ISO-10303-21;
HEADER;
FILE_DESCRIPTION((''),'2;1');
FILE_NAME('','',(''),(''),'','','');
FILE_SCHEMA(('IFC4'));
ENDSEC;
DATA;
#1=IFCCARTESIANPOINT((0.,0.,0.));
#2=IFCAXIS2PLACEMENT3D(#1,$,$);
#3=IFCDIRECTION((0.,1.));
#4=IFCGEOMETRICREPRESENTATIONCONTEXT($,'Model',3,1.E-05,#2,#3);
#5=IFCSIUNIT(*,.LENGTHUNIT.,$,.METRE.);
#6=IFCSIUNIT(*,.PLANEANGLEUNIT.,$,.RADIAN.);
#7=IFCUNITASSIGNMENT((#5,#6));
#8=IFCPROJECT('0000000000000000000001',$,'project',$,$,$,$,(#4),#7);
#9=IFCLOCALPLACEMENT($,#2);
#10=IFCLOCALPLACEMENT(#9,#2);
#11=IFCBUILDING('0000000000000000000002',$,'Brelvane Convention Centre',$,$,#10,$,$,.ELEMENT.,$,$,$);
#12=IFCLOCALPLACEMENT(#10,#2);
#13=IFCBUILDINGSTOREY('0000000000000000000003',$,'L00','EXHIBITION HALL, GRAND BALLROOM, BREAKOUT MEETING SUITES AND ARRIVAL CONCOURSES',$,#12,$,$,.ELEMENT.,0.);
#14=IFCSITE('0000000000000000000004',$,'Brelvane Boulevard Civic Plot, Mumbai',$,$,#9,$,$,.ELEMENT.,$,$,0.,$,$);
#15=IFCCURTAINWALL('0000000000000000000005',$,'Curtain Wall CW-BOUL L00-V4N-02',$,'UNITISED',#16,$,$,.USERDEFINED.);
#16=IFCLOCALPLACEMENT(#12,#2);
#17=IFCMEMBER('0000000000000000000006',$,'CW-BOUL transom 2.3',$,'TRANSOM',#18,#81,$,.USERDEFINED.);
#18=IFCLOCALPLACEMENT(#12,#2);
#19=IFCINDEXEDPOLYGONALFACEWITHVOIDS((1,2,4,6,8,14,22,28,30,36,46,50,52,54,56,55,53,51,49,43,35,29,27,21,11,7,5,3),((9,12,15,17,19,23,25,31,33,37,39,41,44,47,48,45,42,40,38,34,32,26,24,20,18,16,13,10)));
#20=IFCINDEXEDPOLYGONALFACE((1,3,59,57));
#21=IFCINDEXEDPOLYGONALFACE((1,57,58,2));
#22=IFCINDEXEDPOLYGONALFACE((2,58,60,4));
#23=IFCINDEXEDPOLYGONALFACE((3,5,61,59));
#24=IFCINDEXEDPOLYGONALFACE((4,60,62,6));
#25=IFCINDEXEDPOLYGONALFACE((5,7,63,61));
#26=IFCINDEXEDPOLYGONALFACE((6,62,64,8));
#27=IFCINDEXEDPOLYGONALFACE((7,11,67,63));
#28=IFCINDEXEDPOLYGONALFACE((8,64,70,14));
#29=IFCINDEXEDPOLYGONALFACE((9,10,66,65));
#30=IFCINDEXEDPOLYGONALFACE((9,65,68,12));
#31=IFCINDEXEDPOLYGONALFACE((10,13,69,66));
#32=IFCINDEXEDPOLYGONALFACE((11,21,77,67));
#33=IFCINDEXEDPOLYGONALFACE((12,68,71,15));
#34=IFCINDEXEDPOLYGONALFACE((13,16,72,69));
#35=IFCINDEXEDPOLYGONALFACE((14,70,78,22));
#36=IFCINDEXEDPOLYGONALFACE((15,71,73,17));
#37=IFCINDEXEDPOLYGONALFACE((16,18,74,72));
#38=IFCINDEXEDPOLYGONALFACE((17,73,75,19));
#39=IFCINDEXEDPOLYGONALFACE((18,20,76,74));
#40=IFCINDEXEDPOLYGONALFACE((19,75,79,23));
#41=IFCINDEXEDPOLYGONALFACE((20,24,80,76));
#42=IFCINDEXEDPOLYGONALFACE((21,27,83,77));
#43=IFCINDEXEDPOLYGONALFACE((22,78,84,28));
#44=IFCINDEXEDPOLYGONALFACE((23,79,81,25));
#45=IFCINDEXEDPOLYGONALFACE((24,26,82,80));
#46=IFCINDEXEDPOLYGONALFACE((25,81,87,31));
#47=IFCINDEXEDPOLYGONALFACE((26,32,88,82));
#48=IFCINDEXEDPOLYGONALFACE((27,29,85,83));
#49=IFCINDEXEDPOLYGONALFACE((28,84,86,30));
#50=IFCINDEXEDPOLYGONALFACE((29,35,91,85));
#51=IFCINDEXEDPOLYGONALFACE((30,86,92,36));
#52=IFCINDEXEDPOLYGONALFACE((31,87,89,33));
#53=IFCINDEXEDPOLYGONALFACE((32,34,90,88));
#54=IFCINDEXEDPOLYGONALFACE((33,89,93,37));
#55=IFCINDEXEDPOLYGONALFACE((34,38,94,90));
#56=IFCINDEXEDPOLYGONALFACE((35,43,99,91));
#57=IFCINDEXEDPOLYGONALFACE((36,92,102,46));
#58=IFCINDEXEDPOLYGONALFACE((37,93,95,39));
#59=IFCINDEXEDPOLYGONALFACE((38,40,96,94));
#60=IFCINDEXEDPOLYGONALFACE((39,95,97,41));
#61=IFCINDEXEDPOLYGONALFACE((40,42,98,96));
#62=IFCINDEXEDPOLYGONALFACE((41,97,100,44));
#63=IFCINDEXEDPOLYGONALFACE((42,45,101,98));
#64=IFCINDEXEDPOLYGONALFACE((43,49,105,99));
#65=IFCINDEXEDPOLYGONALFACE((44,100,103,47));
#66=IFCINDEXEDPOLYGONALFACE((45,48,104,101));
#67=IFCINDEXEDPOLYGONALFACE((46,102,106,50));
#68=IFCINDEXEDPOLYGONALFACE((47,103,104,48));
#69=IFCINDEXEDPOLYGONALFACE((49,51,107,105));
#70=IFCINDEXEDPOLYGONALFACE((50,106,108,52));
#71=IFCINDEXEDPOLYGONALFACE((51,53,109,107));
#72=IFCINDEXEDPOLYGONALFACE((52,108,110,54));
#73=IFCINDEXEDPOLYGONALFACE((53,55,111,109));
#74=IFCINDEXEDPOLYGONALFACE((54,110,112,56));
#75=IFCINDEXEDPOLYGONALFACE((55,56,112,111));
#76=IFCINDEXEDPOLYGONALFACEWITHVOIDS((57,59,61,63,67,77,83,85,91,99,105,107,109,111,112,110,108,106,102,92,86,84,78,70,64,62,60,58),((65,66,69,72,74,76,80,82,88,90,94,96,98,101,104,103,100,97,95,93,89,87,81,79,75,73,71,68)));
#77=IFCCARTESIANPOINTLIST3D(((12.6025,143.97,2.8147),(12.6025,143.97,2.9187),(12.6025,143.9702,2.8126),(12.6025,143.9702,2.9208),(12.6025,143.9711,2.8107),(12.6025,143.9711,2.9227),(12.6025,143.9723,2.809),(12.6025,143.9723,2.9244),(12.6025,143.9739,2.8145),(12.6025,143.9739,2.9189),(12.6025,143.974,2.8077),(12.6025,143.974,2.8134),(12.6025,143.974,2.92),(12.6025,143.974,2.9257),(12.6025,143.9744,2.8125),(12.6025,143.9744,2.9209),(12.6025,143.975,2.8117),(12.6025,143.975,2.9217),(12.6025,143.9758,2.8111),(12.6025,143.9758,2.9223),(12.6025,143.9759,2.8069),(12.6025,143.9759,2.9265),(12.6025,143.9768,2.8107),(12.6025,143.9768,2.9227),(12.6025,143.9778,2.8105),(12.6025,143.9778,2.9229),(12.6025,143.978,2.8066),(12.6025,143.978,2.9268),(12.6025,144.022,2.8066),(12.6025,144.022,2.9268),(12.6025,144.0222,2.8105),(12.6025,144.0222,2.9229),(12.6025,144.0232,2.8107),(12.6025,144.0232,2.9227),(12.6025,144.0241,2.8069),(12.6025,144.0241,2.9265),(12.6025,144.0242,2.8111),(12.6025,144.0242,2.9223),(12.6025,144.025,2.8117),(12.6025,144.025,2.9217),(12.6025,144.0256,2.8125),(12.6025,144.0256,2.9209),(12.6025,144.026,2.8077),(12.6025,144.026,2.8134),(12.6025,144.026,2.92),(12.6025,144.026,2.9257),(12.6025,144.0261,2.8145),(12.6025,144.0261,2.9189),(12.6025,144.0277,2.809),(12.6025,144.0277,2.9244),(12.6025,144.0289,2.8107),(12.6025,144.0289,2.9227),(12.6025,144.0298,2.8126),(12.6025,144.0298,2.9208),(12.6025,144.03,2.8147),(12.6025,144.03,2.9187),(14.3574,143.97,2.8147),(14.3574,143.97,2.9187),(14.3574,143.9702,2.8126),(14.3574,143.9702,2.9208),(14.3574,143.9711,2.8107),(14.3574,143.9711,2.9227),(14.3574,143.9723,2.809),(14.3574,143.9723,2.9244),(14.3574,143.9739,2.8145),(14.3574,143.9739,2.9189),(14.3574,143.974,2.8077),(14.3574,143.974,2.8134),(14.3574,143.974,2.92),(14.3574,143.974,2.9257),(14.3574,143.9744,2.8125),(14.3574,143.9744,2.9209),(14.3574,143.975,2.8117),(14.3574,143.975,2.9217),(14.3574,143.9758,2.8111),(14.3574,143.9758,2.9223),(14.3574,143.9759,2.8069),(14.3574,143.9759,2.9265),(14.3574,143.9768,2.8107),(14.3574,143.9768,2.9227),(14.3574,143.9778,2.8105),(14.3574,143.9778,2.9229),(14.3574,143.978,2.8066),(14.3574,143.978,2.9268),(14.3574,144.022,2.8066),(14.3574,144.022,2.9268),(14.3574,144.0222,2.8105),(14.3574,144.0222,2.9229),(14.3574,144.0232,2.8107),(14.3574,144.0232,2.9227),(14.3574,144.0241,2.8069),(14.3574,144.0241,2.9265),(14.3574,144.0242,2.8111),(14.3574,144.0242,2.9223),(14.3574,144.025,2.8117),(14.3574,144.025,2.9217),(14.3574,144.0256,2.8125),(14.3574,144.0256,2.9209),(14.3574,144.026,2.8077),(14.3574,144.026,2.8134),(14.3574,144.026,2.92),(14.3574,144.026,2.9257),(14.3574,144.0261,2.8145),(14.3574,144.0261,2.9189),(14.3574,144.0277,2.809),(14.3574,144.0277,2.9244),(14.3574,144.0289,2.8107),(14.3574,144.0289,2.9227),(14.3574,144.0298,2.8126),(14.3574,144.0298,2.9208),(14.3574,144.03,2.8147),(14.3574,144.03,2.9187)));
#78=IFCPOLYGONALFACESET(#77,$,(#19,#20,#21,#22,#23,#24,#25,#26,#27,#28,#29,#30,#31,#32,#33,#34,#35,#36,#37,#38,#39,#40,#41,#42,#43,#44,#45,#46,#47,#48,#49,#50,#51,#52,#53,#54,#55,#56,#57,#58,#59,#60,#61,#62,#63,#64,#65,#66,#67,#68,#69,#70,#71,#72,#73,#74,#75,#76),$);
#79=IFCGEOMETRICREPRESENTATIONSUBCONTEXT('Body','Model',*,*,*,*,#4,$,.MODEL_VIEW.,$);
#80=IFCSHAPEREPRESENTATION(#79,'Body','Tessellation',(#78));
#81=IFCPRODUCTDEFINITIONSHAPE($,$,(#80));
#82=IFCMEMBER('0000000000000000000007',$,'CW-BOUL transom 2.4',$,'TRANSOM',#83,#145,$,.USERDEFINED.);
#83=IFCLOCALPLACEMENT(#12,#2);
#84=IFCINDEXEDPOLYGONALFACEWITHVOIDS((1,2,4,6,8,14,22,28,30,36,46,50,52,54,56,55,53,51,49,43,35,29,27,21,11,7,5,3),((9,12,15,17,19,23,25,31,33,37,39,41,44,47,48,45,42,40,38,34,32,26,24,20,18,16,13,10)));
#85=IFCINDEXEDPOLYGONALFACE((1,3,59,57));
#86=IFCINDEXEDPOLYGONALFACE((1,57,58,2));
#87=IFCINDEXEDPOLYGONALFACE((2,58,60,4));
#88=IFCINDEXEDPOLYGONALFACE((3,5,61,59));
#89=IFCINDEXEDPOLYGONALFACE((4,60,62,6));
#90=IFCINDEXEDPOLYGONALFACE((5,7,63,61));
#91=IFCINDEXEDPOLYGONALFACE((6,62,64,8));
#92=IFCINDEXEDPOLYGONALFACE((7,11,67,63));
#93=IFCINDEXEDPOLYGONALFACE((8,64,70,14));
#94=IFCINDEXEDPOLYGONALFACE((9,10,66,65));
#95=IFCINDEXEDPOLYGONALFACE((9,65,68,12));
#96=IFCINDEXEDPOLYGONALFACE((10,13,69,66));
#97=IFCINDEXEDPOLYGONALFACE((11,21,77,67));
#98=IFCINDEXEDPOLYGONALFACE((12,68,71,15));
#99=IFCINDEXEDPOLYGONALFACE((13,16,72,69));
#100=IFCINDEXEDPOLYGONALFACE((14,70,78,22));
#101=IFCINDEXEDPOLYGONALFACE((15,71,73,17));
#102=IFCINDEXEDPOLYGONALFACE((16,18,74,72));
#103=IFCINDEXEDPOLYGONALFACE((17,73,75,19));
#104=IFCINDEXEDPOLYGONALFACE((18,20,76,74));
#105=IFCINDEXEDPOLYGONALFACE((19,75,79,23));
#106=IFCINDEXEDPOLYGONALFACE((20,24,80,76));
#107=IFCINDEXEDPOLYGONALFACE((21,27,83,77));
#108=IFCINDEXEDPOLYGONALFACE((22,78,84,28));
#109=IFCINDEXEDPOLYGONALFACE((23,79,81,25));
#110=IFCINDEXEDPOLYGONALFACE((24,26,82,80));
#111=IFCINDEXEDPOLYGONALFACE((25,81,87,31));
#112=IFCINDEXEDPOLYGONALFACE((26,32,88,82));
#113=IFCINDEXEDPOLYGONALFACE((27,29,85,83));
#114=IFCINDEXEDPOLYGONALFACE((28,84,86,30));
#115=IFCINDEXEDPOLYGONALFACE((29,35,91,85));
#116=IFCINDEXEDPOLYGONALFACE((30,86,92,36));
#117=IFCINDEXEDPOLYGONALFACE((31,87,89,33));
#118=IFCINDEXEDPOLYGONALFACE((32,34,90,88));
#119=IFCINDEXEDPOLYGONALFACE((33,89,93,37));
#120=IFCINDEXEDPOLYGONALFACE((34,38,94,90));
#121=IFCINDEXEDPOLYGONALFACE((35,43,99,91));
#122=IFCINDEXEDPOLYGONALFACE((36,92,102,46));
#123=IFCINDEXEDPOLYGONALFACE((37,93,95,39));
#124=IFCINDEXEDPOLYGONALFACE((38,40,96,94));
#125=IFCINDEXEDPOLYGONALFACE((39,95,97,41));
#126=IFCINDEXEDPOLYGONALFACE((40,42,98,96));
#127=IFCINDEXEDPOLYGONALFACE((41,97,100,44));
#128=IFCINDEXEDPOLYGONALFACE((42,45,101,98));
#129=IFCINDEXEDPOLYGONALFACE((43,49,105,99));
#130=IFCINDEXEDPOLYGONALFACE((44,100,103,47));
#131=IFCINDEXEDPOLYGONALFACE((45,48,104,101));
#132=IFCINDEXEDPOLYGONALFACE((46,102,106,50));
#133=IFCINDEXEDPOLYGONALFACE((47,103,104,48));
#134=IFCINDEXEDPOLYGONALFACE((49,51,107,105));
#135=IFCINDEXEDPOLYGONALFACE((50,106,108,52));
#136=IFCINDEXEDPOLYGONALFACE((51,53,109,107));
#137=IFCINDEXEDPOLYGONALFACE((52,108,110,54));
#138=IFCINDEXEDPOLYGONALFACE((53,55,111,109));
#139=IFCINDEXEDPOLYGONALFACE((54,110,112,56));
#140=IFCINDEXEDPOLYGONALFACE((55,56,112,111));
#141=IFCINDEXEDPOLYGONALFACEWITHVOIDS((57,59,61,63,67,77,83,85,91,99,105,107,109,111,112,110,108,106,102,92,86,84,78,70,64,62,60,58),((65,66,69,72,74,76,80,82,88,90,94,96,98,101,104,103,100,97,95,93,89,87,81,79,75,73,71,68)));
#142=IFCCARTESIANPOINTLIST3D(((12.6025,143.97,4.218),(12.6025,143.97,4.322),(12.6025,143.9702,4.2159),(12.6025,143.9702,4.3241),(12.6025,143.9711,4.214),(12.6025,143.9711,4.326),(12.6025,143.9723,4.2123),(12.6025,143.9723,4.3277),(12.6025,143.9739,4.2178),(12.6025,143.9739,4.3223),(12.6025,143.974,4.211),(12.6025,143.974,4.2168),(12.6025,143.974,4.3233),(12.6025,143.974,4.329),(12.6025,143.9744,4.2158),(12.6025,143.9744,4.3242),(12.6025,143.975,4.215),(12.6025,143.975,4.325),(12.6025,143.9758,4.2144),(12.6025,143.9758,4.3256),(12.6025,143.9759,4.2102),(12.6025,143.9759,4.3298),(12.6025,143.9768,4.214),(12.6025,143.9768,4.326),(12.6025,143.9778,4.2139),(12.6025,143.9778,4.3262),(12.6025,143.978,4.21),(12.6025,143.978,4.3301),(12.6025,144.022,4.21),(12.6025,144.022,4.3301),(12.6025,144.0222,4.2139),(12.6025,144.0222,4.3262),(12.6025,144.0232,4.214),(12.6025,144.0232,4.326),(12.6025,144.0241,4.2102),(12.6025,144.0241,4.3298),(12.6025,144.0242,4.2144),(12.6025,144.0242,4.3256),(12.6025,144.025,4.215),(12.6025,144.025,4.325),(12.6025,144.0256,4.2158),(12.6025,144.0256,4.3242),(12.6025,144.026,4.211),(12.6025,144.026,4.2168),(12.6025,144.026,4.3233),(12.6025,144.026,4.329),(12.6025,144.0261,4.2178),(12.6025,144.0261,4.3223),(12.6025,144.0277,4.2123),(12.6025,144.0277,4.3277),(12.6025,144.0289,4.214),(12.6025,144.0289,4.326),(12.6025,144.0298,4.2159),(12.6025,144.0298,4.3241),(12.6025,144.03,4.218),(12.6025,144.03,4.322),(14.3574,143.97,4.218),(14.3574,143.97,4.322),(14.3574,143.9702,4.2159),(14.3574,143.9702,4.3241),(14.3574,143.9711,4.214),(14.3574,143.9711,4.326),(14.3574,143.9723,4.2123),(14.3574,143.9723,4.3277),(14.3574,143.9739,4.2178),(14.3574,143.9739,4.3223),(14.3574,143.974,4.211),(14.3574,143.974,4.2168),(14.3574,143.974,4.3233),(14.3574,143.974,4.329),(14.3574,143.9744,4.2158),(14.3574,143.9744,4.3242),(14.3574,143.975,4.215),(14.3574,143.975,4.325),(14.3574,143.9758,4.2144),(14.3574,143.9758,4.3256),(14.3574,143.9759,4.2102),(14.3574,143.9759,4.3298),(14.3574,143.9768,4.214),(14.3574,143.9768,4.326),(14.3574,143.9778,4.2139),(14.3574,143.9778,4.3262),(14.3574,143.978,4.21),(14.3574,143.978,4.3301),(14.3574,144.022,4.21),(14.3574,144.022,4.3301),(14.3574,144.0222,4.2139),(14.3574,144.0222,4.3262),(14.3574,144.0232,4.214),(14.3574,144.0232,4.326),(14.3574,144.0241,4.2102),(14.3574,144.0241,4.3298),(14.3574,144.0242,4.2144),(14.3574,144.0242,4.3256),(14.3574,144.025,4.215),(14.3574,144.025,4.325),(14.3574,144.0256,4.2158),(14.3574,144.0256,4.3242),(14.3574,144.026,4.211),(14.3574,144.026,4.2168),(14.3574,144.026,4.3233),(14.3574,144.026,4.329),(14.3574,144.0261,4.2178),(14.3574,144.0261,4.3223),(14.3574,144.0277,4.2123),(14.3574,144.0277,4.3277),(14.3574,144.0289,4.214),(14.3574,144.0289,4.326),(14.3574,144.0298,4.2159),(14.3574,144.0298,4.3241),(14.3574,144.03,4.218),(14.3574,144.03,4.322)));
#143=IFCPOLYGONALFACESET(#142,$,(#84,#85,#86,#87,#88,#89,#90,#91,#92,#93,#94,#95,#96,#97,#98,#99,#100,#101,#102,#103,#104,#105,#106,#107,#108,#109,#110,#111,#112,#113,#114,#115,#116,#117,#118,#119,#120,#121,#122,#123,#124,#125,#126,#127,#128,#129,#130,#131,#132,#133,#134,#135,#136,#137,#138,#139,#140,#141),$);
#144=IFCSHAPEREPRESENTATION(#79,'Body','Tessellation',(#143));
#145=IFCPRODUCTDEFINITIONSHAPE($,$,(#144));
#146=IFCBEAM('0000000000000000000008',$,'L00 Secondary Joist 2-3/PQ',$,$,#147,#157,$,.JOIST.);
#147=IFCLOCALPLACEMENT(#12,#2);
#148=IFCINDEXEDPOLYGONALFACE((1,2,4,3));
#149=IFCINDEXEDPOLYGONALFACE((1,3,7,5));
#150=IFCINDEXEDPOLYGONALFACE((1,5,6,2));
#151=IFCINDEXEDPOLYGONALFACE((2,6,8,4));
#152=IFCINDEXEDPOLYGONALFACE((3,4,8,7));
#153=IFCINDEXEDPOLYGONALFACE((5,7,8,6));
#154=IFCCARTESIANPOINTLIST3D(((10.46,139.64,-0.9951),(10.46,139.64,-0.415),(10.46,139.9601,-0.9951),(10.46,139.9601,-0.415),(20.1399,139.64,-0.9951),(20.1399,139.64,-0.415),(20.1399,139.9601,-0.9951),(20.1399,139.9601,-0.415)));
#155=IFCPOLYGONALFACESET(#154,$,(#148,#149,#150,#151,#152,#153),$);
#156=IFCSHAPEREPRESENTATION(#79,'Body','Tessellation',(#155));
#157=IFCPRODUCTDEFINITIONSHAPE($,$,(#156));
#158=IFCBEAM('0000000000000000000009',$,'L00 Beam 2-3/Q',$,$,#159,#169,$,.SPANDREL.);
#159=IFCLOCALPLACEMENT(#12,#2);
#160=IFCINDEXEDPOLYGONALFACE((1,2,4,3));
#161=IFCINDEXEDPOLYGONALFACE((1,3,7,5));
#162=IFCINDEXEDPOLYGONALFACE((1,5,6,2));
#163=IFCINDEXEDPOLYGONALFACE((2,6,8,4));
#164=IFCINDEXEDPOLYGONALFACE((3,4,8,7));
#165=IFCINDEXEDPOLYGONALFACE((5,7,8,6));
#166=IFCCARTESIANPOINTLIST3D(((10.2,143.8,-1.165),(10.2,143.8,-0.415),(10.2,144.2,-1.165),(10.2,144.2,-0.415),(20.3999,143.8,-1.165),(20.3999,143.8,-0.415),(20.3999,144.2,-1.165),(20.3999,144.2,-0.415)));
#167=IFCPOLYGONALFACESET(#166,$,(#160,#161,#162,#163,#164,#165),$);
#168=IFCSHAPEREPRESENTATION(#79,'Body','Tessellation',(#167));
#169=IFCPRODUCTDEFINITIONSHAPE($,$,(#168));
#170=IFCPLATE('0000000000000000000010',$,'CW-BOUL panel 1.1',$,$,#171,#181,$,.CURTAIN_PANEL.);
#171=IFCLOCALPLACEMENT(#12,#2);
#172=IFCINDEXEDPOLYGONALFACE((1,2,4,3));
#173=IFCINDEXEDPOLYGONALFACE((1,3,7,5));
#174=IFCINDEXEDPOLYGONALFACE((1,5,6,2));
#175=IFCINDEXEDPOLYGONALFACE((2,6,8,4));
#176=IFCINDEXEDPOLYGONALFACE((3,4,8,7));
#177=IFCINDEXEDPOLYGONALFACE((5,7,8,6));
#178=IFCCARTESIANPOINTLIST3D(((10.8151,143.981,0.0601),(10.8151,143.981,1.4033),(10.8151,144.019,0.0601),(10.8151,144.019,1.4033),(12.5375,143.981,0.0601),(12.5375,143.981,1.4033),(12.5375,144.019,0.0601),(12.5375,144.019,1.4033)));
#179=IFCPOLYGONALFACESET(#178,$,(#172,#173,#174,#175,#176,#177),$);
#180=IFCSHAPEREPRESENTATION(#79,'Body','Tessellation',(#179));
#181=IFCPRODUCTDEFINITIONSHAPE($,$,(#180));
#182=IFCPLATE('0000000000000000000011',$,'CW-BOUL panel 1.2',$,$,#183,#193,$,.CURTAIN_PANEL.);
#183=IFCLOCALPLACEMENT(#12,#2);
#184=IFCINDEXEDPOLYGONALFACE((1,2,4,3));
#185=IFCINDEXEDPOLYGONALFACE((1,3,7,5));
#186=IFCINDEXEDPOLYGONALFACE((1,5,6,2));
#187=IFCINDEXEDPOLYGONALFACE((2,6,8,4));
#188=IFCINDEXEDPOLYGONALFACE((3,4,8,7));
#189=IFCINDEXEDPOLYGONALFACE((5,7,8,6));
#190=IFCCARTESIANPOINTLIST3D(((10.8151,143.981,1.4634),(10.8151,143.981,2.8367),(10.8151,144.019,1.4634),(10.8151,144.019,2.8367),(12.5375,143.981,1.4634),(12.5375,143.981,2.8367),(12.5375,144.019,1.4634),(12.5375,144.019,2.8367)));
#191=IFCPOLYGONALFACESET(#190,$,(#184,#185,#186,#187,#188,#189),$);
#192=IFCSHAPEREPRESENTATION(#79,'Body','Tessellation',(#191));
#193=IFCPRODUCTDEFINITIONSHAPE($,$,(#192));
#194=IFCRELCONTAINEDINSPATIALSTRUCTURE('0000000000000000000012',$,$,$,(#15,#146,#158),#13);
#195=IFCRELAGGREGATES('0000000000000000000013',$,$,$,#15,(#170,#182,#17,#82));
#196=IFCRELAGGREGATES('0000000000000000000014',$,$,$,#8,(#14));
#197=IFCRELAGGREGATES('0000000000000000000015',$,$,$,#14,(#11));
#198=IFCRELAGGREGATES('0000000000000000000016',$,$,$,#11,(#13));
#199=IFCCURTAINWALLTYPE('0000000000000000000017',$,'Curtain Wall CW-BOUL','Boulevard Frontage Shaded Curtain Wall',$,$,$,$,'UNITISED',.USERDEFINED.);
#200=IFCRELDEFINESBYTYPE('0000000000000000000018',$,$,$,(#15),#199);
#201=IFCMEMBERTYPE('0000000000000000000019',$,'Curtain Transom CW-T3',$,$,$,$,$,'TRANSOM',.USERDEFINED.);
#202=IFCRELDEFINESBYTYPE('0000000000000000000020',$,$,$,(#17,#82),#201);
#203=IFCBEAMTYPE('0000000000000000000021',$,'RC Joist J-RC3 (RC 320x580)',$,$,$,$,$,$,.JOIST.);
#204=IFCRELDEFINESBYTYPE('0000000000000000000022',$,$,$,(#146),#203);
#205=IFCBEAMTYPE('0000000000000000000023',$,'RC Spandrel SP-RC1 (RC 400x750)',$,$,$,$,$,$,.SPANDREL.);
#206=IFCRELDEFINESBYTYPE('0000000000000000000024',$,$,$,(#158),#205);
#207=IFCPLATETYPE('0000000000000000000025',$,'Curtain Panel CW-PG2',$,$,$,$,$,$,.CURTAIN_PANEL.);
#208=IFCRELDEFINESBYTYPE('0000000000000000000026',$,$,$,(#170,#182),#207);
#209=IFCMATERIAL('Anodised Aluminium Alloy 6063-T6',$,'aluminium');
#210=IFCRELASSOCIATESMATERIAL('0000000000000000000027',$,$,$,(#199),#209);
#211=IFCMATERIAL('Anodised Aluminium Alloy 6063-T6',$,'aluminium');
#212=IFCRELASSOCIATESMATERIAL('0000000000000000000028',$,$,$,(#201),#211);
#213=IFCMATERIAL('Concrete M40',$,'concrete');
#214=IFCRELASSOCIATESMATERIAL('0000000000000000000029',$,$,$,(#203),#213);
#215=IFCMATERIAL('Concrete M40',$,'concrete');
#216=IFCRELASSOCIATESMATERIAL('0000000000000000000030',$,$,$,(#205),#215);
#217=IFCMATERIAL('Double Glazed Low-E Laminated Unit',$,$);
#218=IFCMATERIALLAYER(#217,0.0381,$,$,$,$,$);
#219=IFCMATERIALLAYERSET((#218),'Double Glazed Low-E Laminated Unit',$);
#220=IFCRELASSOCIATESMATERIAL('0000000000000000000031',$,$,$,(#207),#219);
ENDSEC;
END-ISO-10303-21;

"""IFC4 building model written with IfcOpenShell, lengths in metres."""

from ifc_helpers import new_model, si_unit, direction, frame, origin, origin_2d, place, context, subcontext, project, spatial, rectangle, hollow_rectangle, extrude, material, layer, layer_set, material_profile, profile_set, type_object, element, aggregate, save


model = new_model("IFC4")

# Units and contexts
model_context = context("Model", 3, precision=1e-05, world=origin(), true_north=direction((0.0, 1.0)))
body_context = subcontext(model_context, "Body", "Model", "MODEL_VIEW")
ifc_project = project(units=[si_unit("LENGTHUNIT", "METRE"), si_unit("PLANEANGLEUNIT", "RADIAN")], contexts=[model_context])

# Site, building, storey
site_placement = place(None, origin())
site = spatial("IfcSite", under=ifc_project, at=site_placement, Name="Brelvane Boulevard Civic Plot, Mumbai", CompositionType="ELEMENT", RefElevation=0.0)
building_placement = place(site_placement, origin())
building = spatial("IfcBuilding", under=site, at=building_placement, Name="Brelvane Convention Centre", CompositionType="ELEMENT")
storey_placement = place(building_placement, origin())
storey = spatial("IfcBuildingStorey", under=building, at=storey_placement, Name="L00", Description="EXHIBITION HALL, GRAND BALLROOM, BREAKOUT MEETING SUITES AND ARRIVAL CONCOURSES", CompositionType="ELEMENT", Elevation=0.0)

# Curtain wall, members
ifc_material_1 = material(Name="Anodised Aluminium Alloy 6063-T6", Category="aluminium")
curtain_wall_type = type_object("IfcCurtainWallType", Name="Curtain Wall CW-BOUL", Description="Boulevard Frontage Shaded Curtain Wall", ElementType="UNITISED", PredefinedType="USERDEFINED", material=ifc_material_1)
curtain_wall_placement = place(storey_placement, origin())
curtain_wall = element("IfcCurtainWall", 1, at=curtain_wall_placement, inside=storey, type_object=curtain_wall_type, Name="Curtain Wall CW-BOUL L00-V4N-02", ObjectType="UNITISED", PredefinedType="USERDEFINED")
ifc_material_2 = material(Name="Anodised Aluminium Alloy 6063-T6", Category="aluminium")
ifc_material_profile_1 = material_profile(ifc_material_2, hollow_rectangle(XDim=0.0601, YDim=0.1201, WallThickness=0.0039, InnerFilletRadius=0.0039, OuterFilletRadius=0.0081, at=origin_2d()), Name="ALU-T 120x60x4.0")
ifc_profile_set_1 = profile_set([ifc_material_profile_1], Name="Anodised Aluminium Alloy 6063-T6")
member_type_1 = type_object("IfcMemberType", Name="Curtain Transom CW-T3", ElementType="TRANSOM", PredefinedType="USERDEFINED", material=ifc_profile_set_1)
member_1_placement = place(storey_placement, frame((12.6025, 144.0, 2.8667), z_axis=(1.0, 0.0, 0.0), x_axis=(0.0, 1.0, 0.0)))
member_1 = element("IfcMember", 2, at=member_1_placement, type_object=member_type_1, Name="CW-BOUL transom 2.3", ObjectType="TRANSOM", PredefinedType="USERDEFINED", context=body_context, shape_type="SweptSolid", body=[
    extrude(hollow_rectangle(XDim=0.0601, YDim=0.1201, WallThickness=0.0039, InnerFilletRadius=0.0039, OuterFilletRadius=0.0081, at=origin_2d()), origin(), (0.0, 0.0, 1.0), 1.7549),
])
member_2_placement = place(storey_placement, frame((12.6025, 144.0, 4.27), z_axis=(1.0, 0.0, 0.0), x_axis=(0.0, 1.0, 0.0)))
member_2 = element("IfcMember", 3, at=member_2_placement, type_object=member_type_1, Name="CW-BOUL transom 2.4", ObjectType="TRANSOM", PredefinedType="USERDEFINED", context=body_context, shape_type="SweptSolid", body=[
    extrude(hollow_rectangle(XDim=0.0601, YDim=0.1201, WallThickness=0.0039, InnerFilletRadius=0.0039, OuterFilletRadius=0.0081, at=origin_2d()), origin(), (0.0, 0.0, 1.0), 1.7549),
])

# Beams
ifc_material_3 = material(Name="Concrete M40", Category="concrete")
ifc_material_profile_2 = material_profile(ifc_material_3, rectangle(XDim=0.3201, YDim=0.5801, at=origin_2d()), Name="RC 320x580")
ifc_profile_set_2 = profile_set([ifc_material_profile_2], Name="Concrete M40")
beam_type_1 = type_object("IfcBeamType", Name="RC Joist J-RC3 (RC 320x580)", PredefinedType="JOIST", material=ifc_profile_set_2)
beam_1_placement = place(storey_placement, frame((10.46, 139.8, -0.7051), z_axis=(1.0, 0.0, 0.0), x_axis=(0.0, 1.0, 0.0)))
element("IfcBeam", 4, at=beam_1_placement, inside=storey, type_object=beam_type_1, Name="L00 Secondary Joist 2-3/PQ", PredefinedType="JOIST", context=body_context, shape_type="SweptSolid", body=[
    extrude(rectangle(XDim=0.3201, YDim=0.5801, at=origin_2d()), origin(), (0.0, 0.0, 1.0), 9.6799),
])
ifc_material_4 = material(Name="Concrete M40", Category="concrete")
ifc_material_profile_3 = material_profile(ifc_material_4, rectangle(XDim=0.3999, YDim=0.75, at=origin_2d()), Name="RC 400x750")
ifc_profile_set_3 = profile_set([ifc_material_profile_3], Name="Concrete M40")
beam_type_2 = type_object("IfcBeamType", Name="RC Spandrel SP-RC1 (RC 400x750)", PredefinedType="SPANDREL", material=ifc_profile_set_3)
beam_2_placement = place(storey_placement, frame((10.2, 144.0, -0.79), z_axis=(1.0, 0.0, 0.0), x_axis=(0.0, 1.0, 0.0)))
element("IfcBeam", 5, at=beam_2_placement, inside=storey, type_object=beam_type_2, Name="L00 Beam 2-3/Q", PredefinedType="SPANDREL", context=body_context, shape_type="SweptSolid", body=[
    extrude(rectangle(XDim=0.3999, YDim=0.75, at=origin_2d()), origin(), (0.0, 0.0, 1.0), 10.2),
])

# Plates
ifc_material_5 = material(Name="Double Glazed Low-E Laminated Unit")
ifc_layer = layer(ifc_material_5, 0.0381)
ifc_layer_set = layer_set([ifc_layer], Name="Double Glazed Low-E Laminated Unit")
plate_type = type_object("IfcPlateType", Name="Curtain Panel CW-PG2", PredefinedType="CURTAIN_PANEL", material=ifc_layer_set)
plate_1_placement = place(storey_placement, frame((11.6763, 144.0, 0.0601), z_axis=(0.0, 0.0, 1.0), x_axis=(1.0, 0.0, 0.0)))
plate_1 = element("IfcPlate", 6, at=plate_1_placement, type_object=plate_type, Name="CW-BOUL panel 1.1", PredefinedType="CURTAIN_PANEL", context=body_context, shape_type="SweptSolid", body=[
    extrude(rectangle(XDim=1.7224, YDim=0.0381, at=origin_2d()), origin(), (0.0, 0.0, 1.0), 1.3433),
])
plate_2_placement = place(storey_placement, frame((11.6763, 144.0, 1.4634), z_axis=(0.0, 0.0, 1.0), x_axis=(1.0, 0.0, 0.0)))
plate_2 = element("IfcPlate", 7, at=plate_2_placement, type_object=plate_type, Name="CW-BOUL panel 1.2", PredefinedType="CURTAIN_PANEL", context=body_context, shape_type="SweptSolid", body=[
    extrude(rectangle(XDim=1.7224, YDim=0.0381, at=origin_2d()), origin(), (0.0, 0.0, 1.0), 1.3733),
])
aggregate(curtain_wall, [plate_1, plate_2, member_1, member_2])

save(model, "model.ifc")
